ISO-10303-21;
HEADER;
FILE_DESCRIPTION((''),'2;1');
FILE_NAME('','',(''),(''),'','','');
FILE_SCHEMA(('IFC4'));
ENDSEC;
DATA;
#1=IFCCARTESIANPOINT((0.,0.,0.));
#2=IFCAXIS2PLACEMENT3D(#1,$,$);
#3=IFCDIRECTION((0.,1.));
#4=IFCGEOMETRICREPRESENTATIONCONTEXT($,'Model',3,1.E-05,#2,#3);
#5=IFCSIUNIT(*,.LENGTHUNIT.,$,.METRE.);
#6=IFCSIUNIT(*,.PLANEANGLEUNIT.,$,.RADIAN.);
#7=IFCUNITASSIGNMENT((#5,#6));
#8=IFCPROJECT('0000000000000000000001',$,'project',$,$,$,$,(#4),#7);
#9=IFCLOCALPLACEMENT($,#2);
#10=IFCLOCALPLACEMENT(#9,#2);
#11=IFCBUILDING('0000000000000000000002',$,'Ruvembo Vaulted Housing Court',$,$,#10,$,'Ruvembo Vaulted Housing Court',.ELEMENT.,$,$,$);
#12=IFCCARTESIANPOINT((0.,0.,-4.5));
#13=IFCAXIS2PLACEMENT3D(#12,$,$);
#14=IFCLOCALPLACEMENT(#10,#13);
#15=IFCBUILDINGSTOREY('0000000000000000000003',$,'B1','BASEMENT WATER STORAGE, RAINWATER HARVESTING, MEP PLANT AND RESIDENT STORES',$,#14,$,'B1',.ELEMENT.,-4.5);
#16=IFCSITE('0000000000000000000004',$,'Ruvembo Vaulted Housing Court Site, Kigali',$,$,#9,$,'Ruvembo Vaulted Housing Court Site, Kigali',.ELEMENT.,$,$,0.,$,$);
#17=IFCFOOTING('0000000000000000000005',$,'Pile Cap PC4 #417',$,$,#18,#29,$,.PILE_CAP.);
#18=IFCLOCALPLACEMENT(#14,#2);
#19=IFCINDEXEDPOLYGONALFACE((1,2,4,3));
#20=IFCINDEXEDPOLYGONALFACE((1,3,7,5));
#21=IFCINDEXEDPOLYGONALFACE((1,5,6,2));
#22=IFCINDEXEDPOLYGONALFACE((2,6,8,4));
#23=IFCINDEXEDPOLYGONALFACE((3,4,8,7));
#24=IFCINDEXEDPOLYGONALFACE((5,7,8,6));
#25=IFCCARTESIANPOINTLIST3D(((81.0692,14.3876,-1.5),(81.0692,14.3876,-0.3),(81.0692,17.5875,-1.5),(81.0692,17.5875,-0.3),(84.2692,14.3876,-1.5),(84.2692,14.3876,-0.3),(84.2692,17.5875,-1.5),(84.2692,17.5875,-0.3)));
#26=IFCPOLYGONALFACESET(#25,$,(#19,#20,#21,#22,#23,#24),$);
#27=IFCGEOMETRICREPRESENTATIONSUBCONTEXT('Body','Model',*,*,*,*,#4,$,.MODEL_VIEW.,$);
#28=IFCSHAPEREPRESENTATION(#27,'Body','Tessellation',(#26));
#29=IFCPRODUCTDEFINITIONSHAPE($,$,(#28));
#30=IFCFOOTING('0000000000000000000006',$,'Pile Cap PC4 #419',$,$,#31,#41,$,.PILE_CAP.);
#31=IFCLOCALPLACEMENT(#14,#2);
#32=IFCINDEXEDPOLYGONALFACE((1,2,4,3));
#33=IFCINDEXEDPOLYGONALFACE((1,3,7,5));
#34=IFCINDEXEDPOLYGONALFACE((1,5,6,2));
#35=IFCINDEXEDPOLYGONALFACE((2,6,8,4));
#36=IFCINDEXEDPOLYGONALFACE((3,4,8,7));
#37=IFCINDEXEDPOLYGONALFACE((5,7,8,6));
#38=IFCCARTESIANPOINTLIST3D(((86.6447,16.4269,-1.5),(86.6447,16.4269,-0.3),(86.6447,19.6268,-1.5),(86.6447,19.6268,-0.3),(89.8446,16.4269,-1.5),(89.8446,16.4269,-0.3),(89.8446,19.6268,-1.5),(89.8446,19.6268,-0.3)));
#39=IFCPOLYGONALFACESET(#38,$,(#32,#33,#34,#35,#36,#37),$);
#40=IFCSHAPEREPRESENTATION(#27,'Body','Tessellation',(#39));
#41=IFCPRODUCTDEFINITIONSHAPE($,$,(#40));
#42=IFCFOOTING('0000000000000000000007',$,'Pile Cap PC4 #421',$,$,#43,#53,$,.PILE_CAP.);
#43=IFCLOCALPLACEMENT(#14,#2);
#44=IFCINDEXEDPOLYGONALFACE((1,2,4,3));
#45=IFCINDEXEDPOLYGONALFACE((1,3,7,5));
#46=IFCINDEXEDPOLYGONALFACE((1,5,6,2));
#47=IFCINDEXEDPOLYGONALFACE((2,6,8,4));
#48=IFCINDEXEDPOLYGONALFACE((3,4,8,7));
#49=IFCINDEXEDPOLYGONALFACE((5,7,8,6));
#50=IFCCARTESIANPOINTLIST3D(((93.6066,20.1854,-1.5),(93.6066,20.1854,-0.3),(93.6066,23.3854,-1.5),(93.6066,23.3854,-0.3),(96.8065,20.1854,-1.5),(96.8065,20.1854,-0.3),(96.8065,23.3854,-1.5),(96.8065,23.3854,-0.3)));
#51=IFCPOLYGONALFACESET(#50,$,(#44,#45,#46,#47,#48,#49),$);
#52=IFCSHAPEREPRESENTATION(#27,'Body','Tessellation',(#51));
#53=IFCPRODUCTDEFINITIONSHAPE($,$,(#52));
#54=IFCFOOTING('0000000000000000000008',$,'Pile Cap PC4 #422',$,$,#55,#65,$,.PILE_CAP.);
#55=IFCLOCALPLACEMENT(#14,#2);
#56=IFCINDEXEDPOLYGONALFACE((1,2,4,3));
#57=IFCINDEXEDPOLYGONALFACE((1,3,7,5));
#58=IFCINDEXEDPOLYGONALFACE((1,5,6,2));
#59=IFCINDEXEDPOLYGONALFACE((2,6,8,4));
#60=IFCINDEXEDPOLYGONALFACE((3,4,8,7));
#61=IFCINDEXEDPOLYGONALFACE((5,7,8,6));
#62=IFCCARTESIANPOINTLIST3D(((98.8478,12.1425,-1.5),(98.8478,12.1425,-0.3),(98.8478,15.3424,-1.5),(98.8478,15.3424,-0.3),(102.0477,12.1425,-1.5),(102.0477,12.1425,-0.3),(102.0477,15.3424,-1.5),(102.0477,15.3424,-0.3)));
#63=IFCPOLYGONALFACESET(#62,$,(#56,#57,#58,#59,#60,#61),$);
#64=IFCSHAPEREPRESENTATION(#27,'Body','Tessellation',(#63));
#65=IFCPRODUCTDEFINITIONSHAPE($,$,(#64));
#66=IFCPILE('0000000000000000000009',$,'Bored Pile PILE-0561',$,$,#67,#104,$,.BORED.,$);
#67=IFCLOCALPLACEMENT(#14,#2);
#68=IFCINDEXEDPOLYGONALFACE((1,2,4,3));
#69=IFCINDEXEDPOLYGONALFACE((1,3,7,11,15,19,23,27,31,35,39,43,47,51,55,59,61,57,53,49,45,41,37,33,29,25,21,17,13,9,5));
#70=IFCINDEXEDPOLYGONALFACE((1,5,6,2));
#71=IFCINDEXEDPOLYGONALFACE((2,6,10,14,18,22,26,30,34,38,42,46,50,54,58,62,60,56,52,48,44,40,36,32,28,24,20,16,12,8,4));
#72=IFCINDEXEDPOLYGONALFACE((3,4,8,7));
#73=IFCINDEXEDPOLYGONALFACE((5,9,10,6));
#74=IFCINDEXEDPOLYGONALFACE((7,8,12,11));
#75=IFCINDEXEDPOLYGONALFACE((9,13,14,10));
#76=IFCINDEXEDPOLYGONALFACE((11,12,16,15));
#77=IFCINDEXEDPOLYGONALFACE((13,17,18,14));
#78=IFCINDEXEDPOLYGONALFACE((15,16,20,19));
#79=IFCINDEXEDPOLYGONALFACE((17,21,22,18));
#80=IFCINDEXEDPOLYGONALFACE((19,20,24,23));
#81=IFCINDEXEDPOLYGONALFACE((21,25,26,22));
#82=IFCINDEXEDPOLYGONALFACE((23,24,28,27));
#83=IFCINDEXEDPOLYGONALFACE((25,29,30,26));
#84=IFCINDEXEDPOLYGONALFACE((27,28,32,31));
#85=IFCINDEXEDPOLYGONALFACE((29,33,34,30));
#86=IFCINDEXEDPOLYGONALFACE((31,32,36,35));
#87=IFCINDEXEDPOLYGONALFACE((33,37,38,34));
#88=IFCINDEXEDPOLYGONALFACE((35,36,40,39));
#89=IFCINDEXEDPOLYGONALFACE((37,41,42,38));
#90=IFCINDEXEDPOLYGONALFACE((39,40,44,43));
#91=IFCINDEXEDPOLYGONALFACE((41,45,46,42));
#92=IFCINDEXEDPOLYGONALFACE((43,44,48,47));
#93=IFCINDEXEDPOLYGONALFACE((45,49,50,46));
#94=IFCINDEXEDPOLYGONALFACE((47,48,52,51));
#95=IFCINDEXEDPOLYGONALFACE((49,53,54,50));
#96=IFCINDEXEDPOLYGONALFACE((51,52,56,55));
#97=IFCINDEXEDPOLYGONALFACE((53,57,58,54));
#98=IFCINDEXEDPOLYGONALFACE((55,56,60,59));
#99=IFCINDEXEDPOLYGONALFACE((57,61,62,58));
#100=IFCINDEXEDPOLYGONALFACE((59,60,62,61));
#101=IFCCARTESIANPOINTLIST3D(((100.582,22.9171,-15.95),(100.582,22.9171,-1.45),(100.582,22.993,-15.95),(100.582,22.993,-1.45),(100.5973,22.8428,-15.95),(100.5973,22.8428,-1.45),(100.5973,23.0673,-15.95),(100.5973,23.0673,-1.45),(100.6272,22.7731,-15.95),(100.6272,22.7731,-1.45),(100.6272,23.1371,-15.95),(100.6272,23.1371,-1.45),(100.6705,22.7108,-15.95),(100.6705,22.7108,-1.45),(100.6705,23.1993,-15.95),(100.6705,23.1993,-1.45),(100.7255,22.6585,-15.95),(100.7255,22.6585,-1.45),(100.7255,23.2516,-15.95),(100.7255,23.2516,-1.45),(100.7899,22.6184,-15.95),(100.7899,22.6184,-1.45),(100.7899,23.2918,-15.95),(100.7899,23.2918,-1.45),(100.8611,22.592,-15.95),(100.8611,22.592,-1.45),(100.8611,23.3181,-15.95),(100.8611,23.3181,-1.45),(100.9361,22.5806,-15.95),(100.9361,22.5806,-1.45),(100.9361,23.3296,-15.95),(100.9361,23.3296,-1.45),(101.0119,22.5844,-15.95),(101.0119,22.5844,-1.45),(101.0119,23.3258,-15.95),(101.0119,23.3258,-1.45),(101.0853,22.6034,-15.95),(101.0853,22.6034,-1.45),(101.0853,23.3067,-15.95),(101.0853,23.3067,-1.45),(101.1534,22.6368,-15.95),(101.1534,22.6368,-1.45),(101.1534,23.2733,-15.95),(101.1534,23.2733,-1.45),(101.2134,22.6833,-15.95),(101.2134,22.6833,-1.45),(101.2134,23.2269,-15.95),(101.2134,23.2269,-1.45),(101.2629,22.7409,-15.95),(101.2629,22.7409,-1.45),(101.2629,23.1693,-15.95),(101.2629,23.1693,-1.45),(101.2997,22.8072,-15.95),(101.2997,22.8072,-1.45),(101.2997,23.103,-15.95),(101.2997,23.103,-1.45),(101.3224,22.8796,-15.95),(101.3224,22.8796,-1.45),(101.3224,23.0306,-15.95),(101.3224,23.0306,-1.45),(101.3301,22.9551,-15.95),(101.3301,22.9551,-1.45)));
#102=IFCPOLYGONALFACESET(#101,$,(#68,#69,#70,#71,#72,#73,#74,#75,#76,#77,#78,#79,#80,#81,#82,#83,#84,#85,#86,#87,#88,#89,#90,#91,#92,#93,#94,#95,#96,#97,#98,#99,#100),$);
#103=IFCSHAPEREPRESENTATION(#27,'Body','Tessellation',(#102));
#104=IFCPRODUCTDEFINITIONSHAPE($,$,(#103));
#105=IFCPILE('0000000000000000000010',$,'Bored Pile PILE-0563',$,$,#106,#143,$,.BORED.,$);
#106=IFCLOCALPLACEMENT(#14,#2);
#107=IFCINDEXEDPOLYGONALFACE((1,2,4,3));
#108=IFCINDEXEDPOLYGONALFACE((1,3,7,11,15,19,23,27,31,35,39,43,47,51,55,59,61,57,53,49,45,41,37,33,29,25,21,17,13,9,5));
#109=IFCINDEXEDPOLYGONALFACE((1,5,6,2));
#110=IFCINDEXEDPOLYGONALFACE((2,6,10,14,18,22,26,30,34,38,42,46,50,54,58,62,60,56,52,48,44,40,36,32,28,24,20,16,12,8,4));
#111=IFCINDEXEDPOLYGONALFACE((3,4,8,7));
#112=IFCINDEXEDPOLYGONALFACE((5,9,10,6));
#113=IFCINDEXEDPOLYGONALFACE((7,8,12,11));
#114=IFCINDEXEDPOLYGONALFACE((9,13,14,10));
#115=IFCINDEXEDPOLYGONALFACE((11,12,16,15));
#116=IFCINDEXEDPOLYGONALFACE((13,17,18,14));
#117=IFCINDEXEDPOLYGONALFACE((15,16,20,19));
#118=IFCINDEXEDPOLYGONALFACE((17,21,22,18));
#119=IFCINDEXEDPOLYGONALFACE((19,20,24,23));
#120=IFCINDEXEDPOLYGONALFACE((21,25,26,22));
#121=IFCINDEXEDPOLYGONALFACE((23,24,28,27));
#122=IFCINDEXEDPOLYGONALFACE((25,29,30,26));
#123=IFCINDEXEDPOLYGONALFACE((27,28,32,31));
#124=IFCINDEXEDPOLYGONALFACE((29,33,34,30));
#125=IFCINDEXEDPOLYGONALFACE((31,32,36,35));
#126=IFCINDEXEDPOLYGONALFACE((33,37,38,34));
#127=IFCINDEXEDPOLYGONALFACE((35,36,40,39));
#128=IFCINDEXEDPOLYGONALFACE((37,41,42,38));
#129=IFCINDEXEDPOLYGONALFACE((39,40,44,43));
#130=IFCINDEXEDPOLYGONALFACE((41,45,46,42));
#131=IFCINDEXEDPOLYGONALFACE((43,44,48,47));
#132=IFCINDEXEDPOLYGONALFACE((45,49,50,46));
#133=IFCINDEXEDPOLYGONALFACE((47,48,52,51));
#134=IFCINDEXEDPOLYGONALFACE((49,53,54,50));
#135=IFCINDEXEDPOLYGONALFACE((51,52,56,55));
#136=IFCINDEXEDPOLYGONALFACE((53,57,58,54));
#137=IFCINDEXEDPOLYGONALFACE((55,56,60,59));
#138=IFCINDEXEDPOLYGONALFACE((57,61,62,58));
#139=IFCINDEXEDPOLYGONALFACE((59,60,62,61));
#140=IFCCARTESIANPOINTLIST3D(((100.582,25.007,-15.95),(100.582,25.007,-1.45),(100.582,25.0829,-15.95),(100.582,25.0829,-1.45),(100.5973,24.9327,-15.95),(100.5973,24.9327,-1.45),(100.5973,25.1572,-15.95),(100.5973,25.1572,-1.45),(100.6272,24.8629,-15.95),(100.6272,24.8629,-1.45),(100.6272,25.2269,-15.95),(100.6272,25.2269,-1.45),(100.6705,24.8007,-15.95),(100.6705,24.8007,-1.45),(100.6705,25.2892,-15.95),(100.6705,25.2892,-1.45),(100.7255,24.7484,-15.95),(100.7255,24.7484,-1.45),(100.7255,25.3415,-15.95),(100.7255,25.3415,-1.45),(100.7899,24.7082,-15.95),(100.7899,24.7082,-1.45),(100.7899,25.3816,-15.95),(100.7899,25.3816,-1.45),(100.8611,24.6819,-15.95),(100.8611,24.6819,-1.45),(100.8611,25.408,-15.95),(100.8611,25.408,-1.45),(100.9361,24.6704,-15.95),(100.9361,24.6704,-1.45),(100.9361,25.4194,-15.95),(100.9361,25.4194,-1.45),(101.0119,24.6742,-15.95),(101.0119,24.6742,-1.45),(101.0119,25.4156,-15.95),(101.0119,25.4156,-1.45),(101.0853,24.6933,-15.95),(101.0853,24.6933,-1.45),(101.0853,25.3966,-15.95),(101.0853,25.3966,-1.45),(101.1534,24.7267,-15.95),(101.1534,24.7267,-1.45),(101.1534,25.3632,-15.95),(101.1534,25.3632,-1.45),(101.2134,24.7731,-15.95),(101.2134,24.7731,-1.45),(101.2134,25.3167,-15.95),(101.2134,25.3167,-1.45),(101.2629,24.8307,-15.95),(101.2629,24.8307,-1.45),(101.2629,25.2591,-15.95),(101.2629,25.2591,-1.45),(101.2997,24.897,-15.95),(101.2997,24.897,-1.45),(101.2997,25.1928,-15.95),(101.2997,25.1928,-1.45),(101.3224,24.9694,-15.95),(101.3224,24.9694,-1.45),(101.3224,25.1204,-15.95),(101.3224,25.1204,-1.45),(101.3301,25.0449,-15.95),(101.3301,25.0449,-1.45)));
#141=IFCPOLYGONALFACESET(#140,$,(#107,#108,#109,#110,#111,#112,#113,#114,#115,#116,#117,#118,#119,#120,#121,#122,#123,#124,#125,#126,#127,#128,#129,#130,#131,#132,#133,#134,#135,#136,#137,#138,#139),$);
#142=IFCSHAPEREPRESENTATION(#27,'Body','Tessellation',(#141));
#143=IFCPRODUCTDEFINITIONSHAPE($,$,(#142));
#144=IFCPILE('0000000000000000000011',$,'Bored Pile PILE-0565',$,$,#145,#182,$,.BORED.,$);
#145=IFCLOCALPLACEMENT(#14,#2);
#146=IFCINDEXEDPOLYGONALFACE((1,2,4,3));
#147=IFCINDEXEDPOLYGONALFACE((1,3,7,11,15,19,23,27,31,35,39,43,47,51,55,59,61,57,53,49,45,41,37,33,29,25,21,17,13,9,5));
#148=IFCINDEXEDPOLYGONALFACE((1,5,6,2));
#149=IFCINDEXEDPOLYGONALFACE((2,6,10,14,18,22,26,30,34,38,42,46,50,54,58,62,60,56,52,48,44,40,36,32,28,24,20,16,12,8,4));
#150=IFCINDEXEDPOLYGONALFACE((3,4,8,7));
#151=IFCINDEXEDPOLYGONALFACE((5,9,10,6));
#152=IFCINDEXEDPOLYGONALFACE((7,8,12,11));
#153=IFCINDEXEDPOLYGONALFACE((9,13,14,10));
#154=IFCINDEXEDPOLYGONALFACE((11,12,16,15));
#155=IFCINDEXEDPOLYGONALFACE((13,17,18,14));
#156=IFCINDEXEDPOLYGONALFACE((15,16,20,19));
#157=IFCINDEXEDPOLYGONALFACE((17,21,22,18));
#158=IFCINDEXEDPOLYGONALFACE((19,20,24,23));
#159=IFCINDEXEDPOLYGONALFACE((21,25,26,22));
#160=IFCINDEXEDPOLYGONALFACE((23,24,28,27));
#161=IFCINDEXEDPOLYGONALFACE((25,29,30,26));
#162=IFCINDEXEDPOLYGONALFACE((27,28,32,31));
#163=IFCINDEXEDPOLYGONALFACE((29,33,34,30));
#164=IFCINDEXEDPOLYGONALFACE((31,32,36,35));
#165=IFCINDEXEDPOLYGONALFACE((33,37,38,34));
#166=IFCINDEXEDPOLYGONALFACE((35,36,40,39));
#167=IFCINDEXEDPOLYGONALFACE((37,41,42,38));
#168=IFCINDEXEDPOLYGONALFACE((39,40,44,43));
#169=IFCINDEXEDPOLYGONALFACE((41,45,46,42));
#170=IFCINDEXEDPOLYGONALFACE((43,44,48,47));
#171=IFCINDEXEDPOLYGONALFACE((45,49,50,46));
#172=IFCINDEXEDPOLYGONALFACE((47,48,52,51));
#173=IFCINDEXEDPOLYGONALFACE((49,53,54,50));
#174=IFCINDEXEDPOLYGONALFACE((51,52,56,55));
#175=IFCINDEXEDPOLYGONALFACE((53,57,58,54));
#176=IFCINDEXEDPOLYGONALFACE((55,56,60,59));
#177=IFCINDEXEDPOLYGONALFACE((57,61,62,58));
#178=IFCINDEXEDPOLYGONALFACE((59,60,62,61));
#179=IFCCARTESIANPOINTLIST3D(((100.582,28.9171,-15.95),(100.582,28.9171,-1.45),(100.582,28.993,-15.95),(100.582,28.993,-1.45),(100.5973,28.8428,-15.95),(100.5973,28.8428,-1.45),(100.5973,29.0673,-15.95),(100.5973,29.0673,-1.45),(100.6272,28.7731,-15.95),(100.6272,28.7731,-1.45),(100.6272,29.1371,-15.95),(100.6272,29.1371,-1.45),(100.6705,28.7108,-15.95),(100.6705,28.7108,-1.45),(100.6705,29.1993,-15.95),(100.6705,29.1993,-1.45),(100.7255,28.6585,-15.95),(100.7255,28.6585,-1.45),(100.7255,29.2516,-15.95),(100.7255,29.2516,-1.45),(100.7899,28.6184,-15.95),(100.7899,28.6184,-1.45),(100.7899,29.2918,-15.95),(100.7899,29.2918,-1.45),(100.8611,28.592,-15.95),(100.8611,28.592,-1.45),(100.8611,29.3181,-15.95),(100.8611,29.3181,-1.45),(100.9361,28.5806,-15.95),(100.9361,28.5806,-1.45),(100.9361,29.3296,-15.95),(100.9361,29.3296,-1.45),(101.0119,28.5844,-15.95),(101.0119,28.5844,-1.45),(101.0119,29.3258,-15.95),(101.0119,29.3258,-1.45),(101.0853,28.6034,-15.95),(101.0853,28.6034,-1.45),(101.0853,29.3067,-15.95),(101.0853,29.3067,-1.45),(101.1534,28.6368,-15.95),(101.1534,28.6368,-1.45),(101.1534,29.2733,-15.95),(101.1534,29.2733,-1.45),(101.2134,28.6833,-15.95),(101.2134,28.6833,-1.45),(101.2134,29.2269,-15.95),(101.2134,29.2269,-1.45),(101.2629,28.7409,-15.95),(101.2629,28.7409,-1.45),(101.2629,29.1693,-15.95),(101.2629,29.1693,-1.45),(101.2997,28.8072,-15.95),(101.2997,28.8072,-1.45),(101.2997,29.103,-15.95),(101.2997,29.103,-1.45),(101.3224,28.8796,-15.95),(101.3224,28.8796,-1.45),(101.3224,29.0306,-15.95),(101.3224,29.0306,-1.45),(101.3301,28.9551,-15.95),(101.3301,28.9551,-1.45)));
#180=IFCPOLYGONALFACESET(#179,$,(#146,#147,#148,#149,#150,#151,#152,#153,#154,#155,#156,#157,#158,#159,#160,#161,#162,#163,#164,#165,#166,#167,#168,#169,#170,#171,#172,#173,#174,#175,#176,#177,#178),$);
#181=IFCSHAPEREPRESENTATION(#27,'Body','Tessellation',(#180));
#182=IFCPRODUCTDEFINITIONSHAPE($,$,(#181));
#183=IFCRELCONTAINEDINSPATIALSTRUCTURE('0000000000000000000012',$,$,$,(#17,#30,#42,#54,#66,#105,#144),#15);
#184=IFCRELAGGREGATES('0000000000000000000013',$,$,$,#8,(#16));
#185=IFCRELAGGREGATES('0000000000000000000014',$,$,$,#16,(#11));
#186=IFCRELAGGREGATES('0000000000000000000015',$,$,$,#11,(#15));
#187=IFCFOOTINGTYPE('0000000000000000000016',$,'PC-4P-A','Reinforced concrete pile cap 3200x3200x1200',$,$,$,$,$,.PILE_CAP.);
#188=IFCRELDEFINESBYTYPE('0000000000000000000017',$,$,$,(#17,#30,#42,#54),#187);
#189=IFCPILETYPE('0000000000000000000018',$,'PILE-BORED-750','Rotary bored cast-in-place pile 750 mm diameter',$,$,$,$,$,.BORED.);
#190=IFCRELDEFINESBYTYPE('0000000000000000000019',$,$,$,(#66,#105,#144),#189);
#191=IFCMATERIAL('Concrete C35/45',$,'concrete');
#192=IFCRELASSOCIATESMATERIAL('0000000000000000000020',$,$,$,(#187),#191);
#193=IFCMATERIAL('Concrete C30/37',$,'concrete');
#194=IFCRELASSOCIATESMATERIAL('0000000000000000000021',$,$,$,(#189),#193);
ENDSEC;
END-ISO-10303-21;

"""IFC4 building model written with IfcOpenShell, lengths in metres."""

from ifc_helpers import new_model, si_unit, direction, frame, origin, origin_2d, place, context, subcontext, project, spatial, rectangle, circle, extrude, material, material_profile, profile_set, type_object, element, save


model = new_model("IFC4")

# Units and contexts
model_context = context("Model", 3, precision=1e-05, world=origin(), true_north=direction((0.0, 1.0)))
body_context = subcontext(model_context, "Body", "Model", "MODEL_VIEW")
ifc_project = project(units=[si_unit("LENGTHUNIT", "METRE"), si_unit("PLANEANGLEUNIT", "RADIAN")], contexts=[model_context])

# Site, building, storey
site_placement = place(None, origin())
site = spatial("IfcSite", under=ifc_project, at=site_placement, Name="Ruvembo Vaulted Housing Court Site, Kigali", LongName="Ruvembo Vaulted Housing Court Site, Kigali", CompositionType="ELEMENT", RefElevation=0.0)
building_placement = place(site_placement, origin())
building = spatial("IfcBuilding", under=site, at=building_placement, Name="Ruvembo Vaulted Housing Court", LongName="Ruvembo Vaulted Housing Court", CompositionType="ELEMENT")
storey_placement = place(building_placement, frame((0.0, 0.0, -4.5)))
storey = spatial("IfcBuildingStorey", under=building, at=storey_placement, Name="B1", Description="BASEMENT WATER STORAGE, RAINWATER HARVESTING, MEP PLANT AND RESIDENT STORES", LongName="B1", CompositionType="ELEMENT", Elevation=-4.5)

# Footings
ifc_material_1 = material(Name="Concrete C35/45", Category="concrete")
footing_type = type_object("IfcFootingType", Name="PC-4P-A", Description="Reinforced concrete pile cap 3200x3200x1200", PredefinedType="PILE_CAP", material=ifc_material_1)
for number, where, z_axis, x_axis, name in (
    (1, (82.6692, 15.9875, -1.5), (0.0, 0.0, 1.0), (1.0, 0.0, 0.0), "Pile Cap PC4 #417"),
    (2, (88.2446, 18.0269, -1.5), (0.0, 0.0, 1.0), (1.0, 0.0, 0.0), "Pile Cap PC4 #419"),
    (3, (95.2065, 21.7854, -1.5), (0.0, 0.0, 1.0), (1.0, 0.0, 0.0), "Pile Cap PC4 #421"),
    (4, (100.4478, 13.7424, -1.5), (0.0, 0.0, 1.0), (1.0, 0.0, 0.0), "Pile Cap PC4 #422"),
):
    element("IfcFooting", number, at=place(storey_placement, frame(where, z_axis=z_axis, x_axis=x_axis)), inside=storey, type_object=footing_type, Name=name, PredefinedType="PILE_CAP", context=body_context, shape_type="SweptSolid", body=[
        extrude(rectangle(XDim=3.2, YDim=3.2, at=origin_2d()), origin(), (0.0, 0.0, 1.0), 1.2),
    ])

# Piles
ifc_material_2 = material(Name="Concrete C30/37", Category="concrete")
ifc_material_profile_1 = material_profile(ifc_material_2, circle(Radius=0.375, at=origin_2d()), Name="PILE D750")
ifc_profile_set_1 = profile_set([ifc_material_profile_1], Name="Concrete C30/37")
pile_type = type_object("IfcPileType", Name="PILE-BORED-750", Description="Rotary bored cast-in-place pile 750 mm diameter", PredefinedType="BORED", material=ifc_profile_set_1)
for number, where, z_axis, x_axis, name in (
    (5, (100.9551, 22.9551, -1.45), (0.0, 0.0, -1.0), (1.0, 0.0, 0.0), "Bored Pile PILE-0561"),
    (6, (100.9551, 25.0449, -1.45), (0.0, 0.0, -1.0), (1.0, 0.0, 0.0), "Bored Pile PILE-0563"),
    (7, (100.9551, 28.9551, -1.45), (0.0, 0.0, -1.0), (1.0, 0.0, 0.0), "Bored Pile PILE-0565"),
):
    element("IfcPile", number, at=place(storey_placement, frame(where, z_axis=z_axis, x_axis=x_axis)), inside=storey, type_object=pile_type, Name=name, PredefinedType="BORED", context=body_context, shape_type="SweptSolid", body=[
        extrude(circle(Radius=0.375, at=origin_2d()), origin(), (0.0, 0.0, 1.0), 14.5),
    ])

save(model, "model.ifc")
